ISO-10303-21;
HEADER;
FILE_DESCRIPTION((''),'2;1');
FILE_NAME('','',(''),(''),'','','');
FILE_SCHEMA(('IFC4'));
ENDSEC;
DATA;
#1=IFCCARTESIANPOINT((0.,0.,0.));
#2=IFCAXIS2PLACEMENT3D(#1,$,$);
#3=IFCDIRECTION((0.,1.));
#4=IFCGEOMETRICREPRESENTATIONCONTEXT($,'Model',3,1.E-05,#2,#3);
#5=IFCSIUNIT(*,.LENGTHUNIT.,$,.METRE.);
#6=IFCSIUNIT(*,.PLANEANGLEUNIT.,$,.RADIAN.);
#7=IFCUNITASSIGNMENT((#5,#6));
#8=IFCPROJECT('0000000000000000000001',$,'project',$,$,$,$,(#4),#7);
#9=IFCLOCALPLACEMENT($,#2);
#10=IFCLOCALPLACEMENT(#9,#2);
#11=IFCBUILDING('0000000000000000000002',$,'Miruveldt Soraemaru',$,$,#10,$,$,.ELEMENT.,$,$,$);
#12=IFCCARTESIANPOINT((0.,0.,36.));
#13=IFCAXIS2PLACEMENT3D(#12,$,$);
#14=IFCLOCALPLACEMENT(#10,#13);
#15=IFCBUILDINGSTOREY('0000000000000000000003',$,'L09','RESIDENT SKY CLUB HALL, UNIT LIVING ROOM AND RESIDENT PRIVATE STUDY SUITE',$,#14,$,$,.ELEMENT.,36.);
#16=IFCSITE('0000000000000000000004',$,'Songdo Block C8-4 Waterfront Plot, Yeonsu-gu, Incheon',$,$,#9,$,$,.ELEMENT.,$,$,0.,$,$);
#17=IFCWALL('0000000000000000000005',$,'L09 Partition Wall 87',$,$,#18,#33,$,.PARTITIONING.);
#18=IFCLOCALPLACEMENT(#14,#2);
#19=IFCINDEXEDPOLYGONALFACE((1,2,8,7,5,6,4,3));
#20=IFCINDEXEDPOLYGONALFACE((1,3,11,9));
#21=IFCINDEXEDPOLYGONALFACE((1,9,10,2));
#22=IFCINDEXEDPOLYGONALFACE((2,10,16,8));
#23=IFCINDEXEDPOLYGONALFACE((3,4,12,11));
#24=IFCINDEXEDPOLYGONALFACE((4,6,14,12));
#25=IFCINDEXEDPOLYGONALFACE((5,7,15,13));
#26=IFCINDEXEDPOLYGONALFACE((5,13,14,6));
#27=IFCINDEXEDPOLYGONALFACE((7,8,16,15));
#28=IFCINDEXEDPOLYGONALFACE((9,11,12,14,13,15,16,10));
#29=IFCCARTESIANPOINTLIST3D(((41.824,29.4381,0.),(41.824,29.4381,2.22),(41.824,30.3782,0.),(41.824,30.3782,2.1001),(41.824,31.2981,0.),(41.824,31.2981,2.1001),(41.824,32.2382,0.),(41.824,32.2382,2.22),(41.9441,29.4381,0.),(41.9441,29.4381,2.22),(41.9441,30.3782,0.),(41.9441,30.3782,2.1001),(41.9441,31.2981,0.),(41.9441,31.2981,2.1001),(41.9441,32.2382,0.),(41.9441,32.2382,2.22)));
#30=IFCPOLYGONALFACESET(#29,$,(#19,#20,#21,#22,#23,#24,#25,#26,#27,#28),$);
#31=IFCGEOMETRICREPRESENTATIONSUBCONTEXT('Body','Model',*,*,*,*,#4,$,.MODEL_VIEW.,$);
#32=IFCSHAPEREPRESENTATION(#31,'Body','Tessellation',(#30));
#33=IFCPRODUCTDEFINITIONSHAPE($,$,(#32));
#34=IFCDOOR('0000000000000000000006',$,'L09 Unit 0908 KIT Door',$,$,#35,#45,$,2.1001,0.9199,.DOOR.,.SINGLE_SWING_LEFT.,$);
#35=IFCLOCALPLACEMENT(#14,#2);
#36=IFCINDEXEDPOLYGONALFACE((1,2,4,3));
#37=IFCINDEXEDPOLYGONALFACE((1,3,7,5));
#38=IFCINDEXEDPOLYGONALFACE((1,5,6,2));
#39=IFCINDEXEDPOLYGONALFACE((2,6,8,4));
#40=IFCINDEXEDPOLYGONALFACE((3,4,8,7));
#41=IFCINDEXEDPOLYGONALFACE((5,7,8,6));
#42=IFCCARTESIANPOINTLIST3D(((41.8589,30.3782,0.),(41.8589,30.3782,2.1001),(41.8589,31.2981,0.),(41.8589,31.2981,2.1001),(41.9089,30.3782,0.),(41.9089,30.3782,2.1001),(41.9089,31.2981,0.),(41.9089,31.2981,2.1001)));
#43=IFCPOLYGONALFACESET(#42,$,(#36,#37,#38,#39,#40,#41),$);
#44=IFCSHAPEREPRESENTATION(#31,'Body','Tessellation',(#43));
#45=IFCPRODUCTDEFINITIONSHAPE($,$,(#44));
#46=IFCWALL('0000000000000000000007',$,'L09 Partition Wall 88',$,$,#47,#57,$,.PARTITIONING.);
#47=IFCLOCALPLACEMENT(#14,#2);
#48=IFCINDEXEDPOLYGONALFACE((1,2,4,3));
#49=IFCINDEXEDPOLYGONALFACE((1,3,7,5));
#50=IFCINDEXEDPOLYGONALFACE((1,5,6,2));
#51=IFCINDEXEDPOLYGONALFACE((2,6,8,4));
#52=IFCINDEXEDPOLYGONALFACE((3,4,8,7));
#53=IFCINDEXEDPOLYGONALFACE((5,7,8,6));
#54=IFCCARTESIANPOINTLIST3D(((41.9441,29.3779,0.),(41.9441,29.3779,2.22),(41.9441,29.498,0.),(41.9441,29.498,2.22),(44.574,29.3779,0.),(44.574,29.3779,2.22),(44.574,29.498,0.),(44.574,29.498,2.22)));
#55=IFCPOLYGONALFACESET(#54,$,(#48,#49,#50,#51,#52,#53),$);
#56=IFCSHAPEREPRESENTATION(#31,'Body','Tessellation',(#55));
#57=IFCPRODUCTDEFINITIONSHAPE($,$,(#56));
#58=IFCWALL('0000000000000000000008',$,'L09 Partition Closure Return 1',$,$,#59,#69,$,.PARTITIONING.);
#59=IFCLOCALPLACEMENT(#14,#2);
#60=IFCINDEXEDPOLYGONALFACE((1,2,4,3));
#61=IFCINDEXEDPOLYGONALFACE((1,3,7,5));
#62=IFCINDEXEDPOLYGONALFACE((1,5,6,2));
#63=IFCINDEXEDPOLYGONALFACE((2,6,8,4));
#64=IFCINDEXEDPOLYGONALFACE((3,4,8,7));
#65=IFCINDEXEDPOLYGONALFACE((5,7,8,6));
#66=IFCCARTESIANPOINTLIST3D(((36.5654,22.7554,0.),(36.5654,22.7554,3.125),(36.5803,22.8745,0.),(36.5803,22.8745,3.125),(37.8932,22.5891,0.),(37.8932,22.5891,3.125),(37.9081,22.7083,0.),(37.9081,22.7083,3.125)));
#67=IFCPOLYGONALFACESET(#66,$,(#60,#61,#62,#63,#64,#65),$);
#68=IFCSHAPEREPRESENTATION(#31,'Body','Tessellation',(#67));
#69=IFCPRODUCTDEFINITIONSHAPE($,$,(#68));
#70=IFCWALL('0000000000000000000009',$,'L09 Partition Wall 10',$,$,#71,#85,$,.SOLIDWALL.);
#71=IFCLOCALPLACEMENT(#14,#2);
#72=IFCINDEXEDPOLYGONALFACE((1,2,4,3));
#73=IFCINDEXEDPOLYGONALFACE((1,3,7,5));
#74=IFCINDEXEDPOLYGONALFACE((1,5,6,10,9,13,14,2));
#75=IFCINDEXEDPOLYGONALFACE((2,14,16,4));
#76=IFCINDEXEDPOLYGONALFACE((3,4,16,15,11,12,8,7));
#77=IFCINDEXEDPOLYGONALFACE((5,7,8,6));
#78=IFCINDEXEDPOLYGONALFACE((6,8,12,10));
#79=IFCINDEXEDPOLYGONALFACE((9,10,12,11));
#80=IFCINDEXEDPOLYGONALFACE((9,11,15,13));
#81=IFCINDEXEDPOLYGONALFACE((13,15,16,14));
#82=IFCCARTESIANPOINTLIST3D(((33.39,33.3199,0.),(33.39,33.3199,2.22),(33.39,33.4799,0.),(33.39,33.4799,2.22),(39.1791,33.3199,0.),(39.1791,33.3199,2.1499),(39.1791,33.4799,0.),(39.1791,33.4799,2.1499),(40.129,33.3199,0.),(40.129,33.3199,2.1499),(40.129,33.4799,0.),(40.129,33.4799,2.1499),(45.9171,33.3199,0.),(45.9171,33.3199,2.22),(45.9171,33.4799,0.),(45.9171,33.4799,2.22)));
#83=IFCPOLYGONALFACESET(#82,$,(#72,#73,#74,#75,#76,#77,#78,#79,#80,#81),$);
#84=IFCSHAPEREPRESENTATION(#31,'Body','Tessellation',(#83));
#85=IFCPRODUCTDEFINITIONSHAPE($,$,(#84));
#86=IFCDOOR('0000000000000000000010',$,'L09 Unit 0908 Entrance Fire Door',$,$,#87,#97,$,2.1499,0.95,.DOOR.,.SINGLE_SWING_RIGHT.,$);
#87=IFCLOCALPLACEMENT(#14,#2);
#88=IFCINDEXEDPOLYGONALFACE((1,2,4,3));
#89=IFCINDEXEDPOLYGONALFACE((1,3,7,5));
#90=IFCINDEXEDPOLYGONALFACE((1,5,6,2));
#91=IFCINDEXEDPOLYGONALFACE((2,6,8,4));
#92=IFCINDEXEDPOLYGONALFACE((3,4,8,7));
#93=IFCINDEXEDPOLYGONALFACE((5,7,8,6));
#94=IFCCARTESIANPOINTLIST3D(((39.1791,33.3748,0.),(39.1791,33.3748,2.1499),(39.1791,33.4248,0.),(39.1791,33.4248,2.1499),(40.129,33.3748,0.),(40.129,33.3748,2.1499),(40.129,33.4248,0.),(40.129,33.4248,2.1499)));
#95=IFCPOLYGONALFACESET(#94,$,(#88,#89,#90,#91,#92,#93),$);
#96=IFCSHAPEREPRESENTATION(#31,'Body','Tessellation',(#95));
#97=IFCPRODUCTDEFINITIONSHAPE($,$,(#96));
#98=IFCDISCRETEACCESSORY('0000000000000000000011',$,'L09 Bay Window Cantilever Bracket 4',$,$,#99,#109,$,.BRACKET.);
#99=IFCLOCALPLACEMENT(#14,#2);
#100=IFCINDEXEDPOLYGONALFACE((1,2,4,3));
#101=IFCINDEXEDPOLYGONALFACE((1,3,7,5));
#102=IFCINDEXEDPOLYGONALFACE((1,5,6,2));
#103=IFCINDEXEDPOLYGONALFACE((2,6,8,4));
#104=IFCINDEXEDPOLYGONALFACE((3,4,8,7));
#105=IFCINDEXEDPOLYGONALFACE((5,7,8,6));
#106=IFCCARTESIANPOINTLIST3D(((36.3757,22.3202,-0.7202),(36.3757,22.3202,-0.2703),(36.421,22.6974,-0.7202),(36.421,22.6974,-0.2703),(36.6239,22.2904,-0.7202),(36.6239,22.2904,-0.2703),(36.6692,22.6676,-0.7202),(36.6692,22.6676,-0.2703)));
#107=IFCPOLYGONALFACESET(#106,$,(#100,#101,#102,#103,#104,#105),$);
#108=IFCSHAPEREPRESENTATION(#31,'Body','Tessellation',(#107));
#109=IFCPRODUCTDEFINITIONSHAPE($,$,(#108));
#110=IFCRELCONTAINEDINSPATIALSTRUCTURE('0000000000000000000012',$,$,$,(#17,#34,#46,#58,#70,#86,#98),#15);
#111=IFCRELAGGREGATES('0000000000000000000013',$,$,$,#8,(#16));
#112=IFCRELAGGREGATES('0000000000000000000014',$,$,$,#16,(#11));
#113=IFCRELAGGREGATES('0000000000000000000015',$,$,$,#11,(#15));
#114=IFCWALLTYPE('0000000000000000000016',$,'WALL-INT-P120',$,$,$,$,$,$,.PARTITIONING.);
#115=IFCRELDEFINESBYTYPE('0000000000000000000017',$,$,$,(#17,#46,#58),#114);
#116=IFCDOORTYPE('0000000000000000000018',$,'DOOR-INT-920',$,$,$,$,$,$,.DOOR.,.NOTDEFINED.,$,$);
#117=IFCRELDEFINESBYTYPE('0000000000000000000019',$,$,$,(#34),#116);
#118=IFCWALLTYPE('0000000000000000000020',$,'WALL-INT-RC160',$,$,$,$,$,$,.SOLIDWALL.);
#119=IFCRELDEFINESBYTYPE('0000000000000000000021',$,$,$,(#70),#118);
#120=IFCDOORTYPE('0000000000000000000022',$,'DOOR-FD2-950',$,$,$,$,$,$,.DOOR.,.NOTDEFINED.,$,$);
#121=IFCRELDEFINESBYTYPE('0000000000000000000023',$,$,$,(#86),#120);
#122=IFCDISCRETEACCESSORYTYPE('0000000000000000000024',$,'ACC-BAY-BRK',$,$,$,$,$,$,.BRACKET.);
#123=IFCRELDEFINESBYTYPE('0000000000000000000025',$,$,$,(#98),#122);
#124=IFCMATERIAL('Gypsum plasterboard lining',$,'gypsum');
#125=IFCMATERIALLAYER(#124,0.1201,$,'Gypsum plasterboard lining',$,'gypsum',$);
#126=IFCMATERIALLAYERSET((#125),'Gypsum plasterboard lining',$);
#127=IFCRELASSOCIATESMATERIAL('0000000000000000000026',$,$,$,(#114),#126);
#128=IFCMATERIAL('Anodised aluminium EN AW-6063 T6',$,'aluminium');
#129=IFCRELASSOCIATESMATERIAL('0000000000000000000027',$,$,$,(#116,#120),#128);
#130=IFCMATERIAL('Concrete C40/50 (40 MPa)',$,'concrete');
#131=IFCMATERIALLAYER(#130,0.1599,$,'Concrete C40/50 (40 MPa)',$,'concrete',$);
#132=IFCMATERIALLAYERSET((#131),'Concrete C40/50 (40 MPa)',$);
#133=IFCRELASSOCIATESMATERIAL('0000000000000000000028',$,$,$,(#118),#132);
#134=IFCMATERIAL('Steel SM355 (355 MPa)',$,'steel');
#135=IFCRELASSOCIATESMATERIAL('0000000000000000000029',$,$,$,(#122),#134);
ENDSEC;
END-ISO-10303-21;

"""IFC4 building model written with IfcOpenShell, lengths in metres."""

from ifc_helpers import new_model, si_unit, direction, frame, frame_2d, origin, origin_2d, place, context, subcontext, project, spatial, rectangle, extrude, material, layer, layer_set, type_object, element, fill, save


model = new_model("IFC4")

# Units and contexts
model_context = context("Model", 3, precision=1e-05, world=origin(), true_north=direction((0.0, 1.0)))
body_context = subcontext(model_context, "Body", "Model", "MODEL_VIEW")
ifc_project = project(units=[si_unit("LENGTHUNIT", "METRE"), si_unit("PLANEANGLEUNIT", "RADIAN")], contexts=[model_context])

# Site, building, storey
site_placement = place(None, origin())
site = spatial("IfcSite", under=ifc_project, at=site_placement, Name="Songdo Block C8-4 Waterfront Plot, Yeonsu-gu, Incheon", CompositionType="ELEMENT", RefElevation=0.0)
building_placement = place(site_placement, origin())
building = spatial("IfcBuilding", under=site, at=building_placement, Name="Miruveldt Soraemaru", CompositionType="ELEMENT")
storey_placement = place(building_placement, frame((0.0, 0.0, 36.0)))
storey = spatial("IfcBuildingStorey", under=building, at=storey_placement, Name="L09", Description="RESIDENT SKY CLUB HALL, UNIT LIVING ROOM AND RESIDENT PRIVATE STUDY SUITE", CompositionType="ELEMENT", Elevation=36.0)

# Shared definitions
ifc_material_1 = material(Name="Steel SM355 (355 MPa)", Category="steel")

# Wall, opening, door
ifc_material_2 = material(Name="Gypsum plasterboard lining", Category="gypsum")
ifc_layer_1 = layer(ifc_material_2, 0.1201, Name="Gypsum plasterboard lining", Category="gypsum")
ifc_layer_set_1 = layer_set([ifc_layer_1], Name="Gypsum plasterboard lining")
wall_type_1 = type_object("IfcWallType", Name="WALL-INT-P120", PredefinedType="PARTITIONING", material=ifc_layer_set_1)
ifc_material_3 = material(Name="Anodised aluminium EN AW-6063 T6", Category="aluminium")
door_type_1 = type_object("IfcDoorType", Name="DOOR-INT-920", OperationType="NOTDEFINED", PredefinedType="DOOR", material=ifc_material_3)
wall_1_placement = place(storey_placement, frame((41.884, 32.238, 0.0), z_axis=(0.0, 0.0, 1.0), x_axis=(0.0, -1.0, 0.0)))
wall_1 = element("IfcWall", 1, at=wall_1_placement, inside=storey, type_object=wall_type_1, Name="L09 Partition Wall 87", PredefinedType="PARTITIONING", context=body_context, shape_type="SweptSolid", body=[
    extrude(rectangle(XDim=2.8, YDim=0.1201, at=frame_2d((1.3999, 0.0))), origin(), (0.0, 0.0, 1.0), 2.22),
])
opening_1_placement = place(wall_1_placement, frame((0.9399, 0.0, 0.0)))
opening_1 = element("IfcOpeningElement", 2, at=opening_1_placement, cuts=wall_1, PredefinedType="OPENING", context=body_context, shape_type="SweptSolid", body=[
    extrude(rectangle(XDim=0.9199, YDim=2.1001, at=frame_2d((0.46, 1.05))), frame((0.0, 0.0701, 0.0), z_axis=(0.0, -1.0, 0.0), x_axis=(1.0, 0.0, 0.0)), (0.0, 0.0, 1.0), 0.1401),
])
door_1_placement = place(opening_1_placement, origin())
door_1 = element("IfcDoor", 3, at=door_1_placement, inside=storey, type_object=door_type_1, Name="L09 Unit 0908 KIT Door", OperationType="SINGLE_SWING_LEFT", OverallHeight=2.1001, OverallWidth=0.9199, PredefinedType="DOOR", context=body_context, shape_type="SweptSolid", body=[
    extrude(rectangle(XDim=0.9199, YDim=2.1001, at=frame_2d((0.46, 1.05))), frame((0.0, 0.0249, 0.0), z_axis=(0.0, -1.0, 0.0), x_axis=(1.0, 0.0, 0.0)), (0.0, 0.0, 1.0), 0.05),
])
fill(opening_1, door_1)

# Walls
wall_2_placement = place(storey_placement, frame((41.9441, 29.438, 0.0), z_axis=(0.0, 0.0, 1.0), x_axis=(1.0, 0.0, 0.0)))
element("IfcWall", 4, at=wall_2_placement, inside=storey, type_object=wall_type_1, Name="L09 Partition Wall 88", PredefinedType="PARTITIONING", context=body_context, shape_type="SweptSolid", body=[
    extrude(rectangle(XDim=2.6299, YDim=0.1201, at=frame_2d((1.3149, 0.0))), origin(), (0.0, 0.0, 1.0), 2.22),
])
wall_3_placement = place(storey_placement, frame((36.573, 22.8149, 0.0), z_axis=(0.0, 0.0, 1.0), x_axis=(0.992253, -0.124237, 0.0)))
element("IfcWall", 5, at=wall_3_placement, inside=storey, type_object=wall_type_1, Name="L09 Partition Closure Return 1", PredefinedType="PARTITIONING", context=body_context, shape_type="SweptSolid", body=[
    extrude(rectangle(XDim=1.3381, YDim=0.1201, at=frame_2d((0.6689, 0.0))), origin(), (0.0, 0.0, 1.0), 3.125),
])

# Wall, opening, door
ifc_material_4 = material(Name="Concrete C40/50 (40 MPa)", Category="concrete")
ifc_layer_2 = layer(ifc_material_4, 0.1599, Name="Concrete C40/50 (40 MPa)", Category="concrete")
ifc_layer_set_2 = layer_set([ifc_layer_2], Name="Concrete C40/50 (40 MPa)")
wall_type_2 = type_object("IfcWallType", Name="WALL-INT-RC160", PredefinedType="SOLIDWALL", material=ifc_layer_set_2)
wall_4_placement = place(storey_placement, frame((33.3899, 33.3999, 0.0), z_axis=(0.0, 0.0, 1.0), x_axis=(1.0, 0.0, 0.0)))
wall_4 = element("IfcWall", 6, at=wall_4_placement, inside=storey, type_object=wall_type_2, Name="L09 Partition Wall 10", PredefinedType="SOLIDWALL", context=body_context, shape_type="SweptSolid", body=[
    extrude(rectangle(XDim=12.5271, YDim=0.1599, at=frame_2d((6.2637, 0.0))), origin(), (0.0, 0.0, 1.0), 2.22),
])
opening_2_placement = place(wall_4_placement, frame((5.7891, 0.0, 0.0)))
opening_2 = element("IfcOpeningElement", 7, at=opening_2_placement, cuts=wall_4, PredefinedType="OPENING", context=body_context, shape_type="SweptSolid", body=[
    extrude(rectangle(XDim=0.95, YDim=2.1499, at=frame_2d((0.4751, 1.075))), frame((0.0, 0.0898, 0.0), z_axis=(0.0, -1.0, 0.0), x_axis=(1.0, 0.0, 0.0)), (0.0, 0.0, 1.0), 0.1799),
])
door_type_2 = type_object("IfcDoorType", Name="DOOR-FD2-950", OperationType="NOTDEFINED", PredefinedType="DOOR", material=ifc_material_3)
door_2_placement = place(opening_2_placement, origin())
door_2 = element("IfcDoor", 8, at=door_2_placement, inside=storey, type_object=door_type_2, Name="L09 Unit 0908 Entrance Fire Door", OperationType="SINGLE_SWING_RIGHT", OverallHeight=2.1499, OverallWidth=0.95, PredefinedType="DOOR", context=body_context, shape_type="SweptSolid", body=[
    extrude(rectangle(XDim=0.95, YDim=2.1499, at=frame_2d((0.4751, 1.075))), frame((0.0, 0.0249, 0.0), z_axis=(0.0, -1.0, 0.0), x_axis=(1.0, 0.0, 0.0)), (0.0, 0.0, 1.0), 0.05),
])
fill(opening_2, door_2)

# Discrete accessory
discrete_accessory_type = type_object("IfcDiscreteAccessoryType", Name="ACC-BAY-BRK", PredefinedType="BRACKET", material=ifc_material_1)
discrete_accessory_placement = place(storey_placement, frame((36.5225, 22.4939, -0.7202), z_axis=(0.0, 0.0, 1.0), x_axis=(-0.119149, -0.992876, 0.0)))
element("IfcDiscreteAccessory", 9, at=discrete_accessory_placement, inside=storey, type_object=discrete_accessory_type, Name="L09 Bay Window Cantilever Bracket 4", PredefinedType="BRACKET", context=body_context, shape_type="SweptSolid", body=[
    extrude(rectangle(XDim=0.3799, YDim=0.25, at=origin_2d()), origin(), (0.0, 0.0, 1.0), 0.45),
])

save(model, "model.ifc")
